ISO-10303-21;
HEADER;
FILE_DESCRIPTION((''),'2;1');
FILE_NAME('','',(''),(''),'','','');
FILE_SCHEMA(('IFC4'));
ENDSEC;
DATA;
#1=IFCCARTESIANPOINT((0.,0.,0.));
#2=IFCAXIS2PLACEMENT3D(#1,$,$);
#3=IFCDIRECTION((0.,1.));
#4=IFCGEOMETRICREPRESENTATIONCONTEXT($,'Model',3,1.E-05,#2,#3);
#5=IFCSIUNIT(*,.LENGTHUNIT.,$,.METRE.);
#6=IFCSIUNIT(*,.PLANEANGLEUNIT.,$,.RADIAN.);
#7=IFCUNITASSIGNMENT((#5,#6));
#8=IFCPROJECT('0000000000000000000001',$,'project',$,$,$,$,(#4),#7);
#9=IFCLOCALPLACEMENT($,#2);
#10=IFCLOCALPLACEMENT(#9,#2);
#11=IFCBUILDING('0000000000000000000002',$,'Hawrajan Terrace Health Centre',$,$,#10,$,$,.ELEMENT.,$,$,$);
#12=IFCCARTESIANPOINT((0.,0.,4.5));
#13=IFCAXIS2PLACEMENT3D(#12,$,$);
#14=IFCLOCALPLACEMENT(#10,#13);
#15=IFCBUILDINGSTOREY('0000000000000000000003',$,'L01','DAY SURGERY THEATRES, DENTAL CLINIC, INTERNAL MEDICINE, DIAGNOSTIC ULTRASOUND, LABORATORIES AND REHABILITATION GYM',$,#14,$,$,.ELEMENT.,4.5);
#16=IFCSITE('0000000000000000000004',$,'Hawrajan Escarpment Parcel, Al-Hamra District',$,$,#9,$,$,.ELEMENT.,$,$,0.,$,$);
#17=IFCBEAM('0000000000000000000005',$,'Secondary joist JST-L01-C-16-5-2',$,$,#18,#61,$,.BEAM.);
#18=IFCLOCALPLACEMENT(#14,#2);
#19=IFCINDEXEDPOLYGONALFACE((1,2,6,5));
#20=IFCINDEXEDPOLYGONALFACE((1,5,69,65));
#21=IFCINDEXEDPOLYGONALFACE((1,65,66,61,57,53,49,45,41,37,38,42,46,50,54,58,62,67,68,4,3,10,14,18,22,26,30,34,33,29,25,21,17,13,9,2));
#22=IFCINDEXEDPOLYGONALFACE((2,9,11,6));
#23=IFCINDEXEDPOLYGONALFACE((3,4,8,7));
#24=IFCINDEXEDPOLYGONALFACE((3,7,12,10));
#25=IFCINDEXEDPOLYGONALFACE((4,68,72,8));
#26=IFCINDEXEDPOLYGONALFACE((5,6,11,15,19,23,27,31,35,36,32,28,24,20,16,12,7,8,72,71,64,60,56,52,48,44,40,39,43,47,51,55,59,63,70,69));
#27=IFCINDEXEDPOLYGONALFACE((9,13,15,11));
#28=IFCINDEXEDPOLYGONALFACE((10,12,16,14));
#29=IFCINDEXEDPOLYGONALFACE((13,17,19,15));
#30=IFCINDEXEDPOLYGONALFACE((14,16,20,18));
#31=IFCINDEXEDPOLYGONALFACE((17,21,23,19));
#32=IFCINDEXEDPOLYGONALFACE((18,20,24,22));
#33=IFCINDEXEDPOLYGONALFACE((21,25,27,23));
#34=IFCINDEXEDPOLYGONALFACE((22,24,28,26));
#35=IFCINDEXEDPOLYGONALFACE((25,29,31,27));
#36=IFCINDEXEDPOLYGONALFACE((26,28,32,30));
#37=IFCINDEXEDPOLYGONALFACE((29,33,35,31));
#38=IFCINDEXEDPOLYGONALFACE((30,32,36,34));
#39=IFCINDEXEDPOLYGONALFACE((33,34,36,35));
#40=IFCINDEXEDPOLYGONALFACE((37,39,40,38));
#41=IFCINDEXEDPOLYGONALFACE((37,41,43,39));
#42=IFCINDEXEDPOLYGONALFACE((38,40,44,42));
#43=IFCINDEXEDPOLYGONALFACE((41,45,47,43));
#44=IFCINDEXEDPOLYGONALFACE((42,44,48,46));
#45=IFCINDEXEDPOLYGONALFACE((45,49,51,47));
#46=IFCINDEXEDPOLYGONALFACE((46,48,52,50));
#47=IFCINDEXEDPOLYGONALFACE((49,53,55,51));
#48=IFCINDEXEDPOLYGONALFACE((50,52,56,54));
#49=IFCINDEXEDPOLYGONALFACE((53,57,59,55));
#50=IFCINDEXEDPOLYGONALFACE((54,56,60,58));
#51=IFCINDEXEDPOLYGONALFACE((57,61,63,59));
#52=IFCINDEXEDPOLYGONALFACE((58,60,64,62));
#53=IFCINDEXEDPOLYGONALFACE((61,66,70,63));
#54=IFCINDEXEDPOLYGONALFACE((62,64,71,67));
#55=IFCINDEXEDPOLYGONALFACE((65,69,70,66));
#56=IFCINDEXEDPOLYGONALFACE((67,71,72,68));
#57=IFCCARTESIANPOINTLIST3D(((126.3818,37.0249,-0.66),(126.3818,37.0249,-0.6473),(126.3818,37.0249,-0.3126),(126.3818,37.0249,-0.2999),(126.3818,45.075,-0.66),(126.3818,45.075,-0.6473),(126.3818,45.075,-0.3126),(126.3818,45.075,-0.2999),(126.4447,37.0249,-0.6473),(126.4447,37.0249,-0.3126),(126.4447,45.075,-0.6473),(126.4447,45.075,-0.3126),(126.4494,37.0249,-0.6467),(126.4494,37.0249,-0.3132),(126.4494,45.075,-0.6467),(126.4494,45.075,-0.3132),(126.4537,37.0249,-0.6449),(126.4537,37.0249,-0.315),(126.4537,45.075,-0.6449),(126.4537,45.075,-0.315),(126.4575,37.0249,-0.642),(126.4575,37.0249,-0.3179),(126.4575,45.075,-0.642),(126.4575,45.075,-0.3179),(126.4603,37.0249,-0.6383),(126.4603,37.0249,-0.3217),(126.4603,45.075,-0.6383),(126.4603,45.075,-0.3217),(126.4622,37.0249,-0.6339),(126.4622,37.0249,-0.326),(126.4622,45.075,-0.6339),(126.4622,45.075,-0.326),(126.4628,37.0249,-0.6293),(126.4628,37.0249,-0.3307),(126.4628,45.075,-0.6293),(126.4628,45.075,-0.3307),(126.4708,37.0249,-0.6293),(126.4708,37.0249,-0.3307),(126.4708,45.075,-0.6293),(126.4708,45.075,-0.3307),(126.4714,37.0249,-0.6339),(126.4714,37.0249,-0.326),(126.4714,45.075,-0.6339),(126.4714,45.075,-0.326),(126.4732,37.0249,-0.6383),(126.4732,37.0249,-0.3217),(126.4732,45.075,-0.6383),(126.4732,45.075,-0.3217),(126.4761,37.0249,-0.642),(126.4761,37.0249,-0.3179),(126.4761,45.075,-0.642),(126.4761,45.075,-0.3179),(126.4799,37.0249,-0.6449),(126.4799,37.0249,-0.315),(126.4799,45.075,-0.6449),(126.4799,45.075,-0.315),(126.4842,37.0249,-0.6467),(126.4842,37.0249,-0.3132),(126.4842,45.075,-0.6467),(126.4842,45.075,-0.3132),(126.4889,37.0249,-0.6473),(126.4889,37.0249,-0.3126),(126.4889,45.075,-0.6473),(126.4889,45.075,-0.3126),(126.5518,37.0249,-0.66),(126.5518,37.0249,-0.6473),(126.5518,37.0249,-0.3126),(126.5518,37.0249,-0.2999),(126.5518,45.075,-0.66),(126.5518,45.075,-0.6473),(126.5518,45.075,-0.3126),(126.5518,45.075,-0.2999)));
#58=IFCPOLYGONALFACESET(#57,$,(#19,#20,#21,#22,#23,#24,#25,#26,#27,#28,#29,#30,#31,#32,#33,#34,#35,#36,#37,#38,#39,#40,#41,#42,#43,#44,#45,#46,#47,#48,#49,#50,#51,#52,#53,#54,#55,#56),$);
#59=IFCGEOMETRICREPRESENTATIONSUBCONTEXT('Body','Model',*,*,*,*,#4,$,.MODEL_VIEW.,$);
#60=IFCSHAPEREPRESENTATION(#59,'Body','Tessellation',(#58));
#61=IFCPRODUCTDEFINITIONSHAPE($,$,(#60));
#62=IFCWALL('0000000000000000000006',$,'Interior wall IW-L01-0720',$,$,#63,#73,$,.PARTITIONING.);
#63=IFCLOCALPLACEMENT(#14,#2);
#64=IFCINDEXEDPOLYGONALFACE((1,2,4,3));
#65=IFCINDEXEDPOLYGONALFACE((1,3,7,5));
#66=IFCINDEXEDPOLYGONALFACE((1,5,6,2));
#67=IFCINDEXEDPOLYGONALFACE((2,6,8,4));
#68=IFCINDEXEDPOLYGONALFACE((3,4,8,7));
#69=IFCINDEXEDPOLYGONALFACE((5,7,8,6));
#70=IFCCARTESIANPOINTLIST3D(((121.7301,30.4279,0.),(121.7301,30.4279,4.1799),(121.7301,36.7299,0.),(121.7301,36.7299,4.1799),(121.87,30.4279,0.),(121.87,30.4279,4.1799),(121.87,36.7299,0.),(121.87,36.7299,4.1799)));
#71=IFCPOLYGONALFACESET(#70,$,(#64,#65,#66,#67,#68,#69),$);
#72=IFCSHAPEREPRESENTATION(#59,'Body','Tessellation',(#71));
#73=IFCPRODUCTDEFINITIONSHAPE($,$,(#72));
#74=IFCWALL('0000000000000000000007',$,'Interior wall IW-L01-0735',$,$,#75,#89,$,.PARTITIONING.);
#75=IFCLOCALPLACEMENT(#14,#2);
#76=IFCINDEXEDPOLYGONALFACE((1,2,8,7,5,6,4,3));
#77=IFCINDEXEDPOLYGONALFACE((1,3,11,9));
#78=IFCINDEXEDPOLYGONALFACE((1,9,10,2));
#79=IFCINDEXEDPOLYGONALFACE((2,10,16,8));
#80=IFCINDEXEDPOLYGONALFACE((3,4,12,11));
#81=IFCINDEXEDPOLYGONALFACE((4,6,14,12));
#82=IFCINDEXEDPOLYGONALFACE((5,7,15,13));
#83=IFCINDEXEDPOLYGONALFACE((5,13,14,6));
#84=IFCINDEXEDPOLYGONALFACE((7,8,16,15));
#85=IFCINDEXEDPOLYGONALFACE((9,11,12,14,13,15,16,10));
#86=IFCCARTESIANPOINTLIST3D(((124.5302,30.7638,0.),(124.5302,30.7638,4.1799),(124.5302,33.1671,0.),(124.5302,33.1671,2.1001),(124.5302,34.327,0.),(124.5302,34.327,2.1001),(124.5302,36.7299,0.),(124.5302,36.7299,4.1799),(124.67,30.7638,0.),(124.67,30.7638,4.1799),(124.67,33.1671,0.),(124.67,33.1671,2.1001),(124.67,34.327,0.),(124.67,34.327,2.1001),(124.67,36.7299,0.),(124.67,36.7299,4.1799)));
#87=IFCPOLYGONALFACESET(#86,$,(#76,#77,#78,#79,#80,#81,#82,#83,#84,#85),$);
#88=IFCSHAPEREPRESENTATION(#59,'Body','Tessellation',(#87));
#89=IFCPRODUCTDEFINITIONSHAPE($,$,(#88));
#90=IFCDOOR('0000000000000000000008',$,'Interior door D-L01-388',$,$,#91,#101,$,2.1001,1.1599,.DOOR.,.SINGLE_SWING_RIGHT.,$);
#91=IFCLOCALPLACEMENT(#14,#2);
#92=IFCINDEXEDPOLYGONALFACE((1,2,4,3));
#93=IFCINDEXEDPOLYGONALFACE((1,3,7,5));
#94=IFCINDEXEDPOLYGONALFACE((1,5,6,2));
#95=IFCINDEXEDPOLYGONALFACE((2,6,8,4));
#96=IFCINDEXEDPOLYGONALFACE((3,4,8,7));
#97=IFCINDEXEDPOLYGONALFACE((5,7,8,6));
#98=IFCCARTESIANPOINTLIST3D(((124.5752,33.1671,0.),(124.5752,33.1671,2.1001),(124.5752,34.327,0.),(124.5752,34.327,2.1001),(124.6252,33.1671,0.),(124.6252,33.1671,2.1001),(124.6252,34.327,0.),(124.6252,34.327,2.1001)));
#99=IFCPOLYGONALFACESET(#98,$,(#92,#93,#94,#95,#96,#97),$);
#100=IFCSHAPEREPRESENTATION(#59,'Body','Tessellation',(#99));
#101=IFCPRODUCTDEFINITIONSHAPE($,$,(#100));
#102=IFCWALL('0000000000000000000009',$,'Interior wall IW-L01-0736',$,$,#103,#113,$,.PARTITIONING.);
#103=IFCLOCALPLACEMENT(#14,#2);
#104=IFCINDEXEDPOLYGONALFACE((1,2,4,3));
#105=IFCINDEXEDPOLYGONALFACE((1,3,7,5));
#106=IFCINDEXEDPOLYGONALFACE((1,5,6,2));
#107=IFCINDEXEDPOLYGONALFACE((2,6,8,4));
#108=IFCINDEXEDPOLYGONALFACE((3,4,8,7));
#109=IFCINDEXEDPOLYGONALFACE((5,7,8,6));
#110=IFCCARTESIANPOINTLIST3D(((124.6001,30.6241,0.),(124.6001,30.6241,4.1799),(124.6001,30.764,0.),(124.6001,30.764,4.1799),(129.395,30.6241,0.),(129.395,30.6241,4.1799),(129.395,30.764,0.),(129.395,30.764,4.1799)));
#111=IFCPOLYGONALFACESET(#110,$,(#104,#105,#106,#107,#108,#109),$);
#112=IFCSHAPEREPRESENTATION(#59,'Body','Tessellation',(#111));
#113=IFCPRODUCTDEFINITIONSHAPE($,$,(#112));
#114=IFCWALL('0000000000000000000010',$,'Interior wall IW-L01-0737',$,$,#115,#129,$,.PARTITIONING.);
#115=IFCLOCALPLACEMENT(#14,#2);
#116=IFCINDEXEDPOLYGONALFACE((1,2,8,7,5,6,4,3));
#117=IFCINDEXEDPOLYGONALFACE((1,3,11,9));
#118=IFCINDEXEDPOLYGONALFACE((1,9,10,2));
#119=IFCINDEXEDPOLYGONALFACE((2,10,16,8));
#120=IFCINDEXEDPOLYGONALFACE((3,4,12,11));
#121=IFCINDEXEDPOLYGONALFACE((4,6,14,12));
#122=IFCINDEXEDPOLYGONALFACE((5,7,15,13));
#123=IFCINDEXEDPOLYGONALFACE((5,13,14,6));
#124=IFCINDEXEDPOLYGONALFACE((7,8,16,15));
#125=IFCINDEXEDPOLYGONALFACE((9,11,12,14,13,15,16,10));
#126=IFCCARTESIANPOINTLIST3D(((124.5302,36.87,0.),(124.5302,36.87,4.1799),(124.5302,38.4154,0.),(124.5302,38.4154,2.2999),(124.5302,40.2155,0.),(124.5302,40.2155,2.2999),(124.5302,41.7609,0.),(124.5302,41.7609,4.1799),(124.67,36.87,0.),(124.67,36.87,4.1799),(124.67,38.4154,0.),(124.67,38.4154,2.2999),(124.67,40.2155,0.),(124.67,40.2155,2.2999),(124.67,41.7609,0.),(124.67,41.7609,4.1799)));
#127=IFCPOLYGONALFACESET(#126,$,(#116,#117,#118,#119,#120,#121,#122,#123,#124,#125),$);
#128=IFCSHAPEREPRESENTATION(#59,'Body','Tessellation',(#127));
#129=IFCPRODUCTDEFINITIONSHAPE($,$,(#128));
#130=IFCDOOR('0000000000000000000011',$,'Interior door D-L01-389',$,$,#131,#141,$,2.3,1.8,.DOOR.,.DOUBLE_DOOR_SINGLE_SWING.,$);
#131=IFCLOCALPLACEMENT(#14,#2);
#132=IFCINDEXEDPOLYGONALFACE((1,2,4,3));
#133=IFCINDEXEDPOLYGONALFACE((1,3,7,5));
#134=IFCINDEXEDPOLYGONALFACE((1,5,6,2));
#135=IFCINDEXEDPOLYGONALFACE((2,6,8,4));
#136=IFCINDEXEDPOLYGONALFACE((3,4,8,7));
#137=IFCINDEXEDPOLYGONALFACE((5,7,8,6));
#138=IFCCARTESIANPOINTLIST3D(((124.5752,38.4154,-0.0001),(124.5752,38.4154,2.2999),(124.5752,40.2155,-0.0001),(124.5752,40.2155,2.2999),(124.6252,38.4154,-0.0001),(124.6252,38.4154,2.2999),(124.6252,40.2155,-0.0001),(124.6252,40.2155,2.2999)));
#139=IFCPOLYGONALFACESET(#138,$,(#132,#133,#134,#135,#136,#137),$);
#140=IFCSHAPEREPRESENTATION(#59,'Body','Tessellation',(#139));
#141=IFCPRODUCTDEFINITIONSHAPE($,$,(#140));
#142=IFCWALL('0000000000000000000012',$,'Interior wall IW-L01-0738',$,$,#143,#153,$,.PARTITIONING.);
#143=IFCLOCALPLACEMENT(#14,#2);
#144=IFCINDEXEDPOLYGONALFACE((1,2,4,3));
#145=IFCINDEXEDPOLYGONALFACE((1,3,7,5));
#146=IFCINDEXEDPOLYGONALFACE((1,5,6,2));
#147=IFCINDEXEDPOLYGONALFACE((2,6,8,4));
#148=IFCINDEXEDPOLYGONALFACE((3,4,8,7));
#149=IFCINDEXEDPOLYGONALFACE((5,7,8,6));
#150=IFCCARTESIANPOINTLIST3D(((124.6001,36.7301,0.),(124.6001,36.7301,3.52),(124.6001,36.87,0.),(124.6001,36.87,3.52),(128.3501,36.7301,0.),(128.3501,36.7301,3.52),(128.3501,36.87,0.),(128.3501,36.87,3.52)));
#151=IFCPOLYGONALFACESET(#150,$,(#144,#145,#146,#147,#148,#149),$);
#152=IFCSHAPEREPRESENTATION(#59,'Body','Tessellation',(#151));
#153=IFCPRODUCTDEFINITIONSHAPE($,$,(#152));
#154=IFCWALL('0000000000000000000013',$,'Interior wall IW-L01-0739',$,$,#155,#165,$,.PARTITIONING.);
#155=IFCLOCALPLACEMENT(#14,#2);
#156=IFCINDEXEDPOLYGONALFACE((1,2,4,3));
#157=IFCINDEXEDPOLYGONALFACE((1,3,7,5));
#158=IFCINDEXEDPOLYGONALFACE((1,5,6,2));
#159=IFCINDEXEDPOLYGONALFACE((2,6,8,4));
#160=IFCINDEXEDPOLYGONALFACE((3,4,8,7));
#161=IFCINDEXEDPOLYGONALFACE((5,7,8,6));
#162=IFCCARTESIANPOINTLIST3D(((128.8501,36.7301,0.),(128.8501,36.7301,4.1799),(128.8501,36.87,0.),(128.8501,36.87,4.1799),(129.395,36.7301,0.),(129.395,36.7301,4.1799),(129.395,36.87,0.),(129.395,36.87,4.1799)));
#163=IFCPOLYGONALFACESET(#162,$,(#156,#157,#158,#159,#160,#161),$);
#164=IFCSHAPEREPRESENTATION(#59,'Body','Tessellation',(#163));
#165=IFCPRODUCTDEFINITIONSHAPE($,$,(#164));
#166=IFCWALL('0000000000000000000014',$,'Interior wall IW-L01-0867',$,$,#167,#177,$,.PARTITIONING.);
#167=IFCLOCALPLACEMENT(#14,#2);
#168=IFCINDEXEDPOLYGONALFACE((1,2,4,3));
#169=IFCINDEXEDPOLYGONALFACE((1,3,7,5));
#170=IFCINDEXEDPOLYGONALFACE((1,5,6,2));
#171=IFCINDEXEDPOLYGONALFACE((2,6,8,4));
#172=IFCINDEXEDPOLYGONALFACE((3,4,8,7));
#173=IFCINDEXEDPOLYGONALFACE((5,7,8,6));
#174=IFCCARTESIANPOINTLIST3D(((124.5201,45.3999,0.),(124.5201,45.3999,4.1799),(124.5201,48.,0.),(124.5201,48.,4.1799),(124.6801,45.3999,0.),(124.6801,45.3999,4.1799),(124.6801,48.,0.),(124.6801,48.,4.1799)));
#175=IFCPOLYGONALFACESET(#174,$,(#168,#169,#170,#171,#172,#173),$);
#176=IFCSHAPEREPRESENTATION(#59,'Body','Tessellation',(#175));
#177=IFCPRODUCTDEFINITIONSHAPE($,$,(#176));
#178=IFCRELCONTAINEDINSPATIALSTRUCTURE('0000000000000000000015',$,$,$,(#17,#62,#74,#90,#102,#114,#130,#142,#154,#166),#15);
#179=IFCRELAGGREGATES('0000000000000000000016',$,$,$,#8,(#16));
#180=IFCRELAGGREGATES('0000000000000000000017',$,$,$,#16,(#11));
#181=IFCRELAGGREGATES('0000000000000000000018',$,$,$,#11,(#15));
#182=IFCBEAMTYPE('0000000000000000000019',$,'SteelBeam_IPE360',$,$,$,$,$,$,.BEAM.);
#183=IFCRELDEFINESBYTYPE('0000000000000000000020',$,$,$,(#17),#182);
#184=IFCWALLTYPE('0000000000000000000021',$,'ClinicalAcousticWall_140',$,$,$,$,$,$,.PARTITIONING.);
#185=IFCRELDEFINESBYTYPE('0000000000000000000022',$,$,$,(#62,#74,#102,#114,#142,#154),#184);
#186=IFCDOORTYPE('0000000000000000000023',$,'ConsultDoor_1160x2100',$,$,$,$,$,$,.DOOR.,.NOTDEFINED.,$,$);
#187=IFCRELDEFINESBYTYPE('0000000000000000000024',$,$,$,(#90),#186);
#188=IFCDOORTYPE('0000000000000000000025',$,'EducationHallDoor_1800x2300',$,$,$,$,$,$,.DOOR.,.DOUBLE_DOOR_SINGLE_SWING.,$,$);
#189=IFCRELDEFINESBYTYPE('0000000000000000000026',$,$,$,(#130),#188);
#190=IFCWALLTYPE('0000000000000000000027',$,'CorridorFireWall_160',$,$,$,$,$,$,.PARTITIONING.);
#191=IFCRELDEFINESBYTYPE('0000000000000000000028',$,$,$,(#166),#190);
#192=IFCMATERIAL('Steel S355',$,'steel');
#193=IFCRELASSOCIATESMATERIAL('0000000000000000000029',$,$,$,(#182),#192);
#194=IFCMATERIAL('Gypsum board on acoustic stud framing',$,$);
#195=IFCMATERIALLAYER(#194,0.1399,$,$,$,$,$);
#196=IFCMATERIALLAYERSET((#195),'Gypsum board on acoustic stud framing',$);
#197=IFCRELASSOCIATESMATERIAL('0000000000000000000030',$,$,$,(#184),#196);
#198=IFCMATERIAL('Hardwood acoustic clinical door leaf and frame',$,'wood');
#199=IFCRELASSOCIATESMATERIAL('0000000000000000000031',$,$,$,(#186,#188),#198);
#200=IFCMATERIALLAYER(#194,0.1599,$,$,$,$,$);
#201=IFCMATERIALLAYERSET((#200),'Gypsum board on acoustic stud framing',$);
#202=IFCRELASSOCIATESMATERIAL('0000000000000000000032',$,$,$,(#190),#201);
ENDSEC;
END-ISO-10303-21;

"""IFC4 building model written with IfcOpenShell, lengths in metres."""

from ifc_helpers import new_model, si_unit, direction, frame, frame_2d, origin, origin_2d, place, context, subcontext, project, spatial, rectangle, i_section, extrude, material, layer, layer_set, material_profile, profile_set, type_object, element, fill, save


model = new_model("IFC4")

# Units and contexts
model_context = context("Model", 3, precision=1e-05, world=origin(), true_north=direction((0.0, 1.0)))
body_context = subcontext(model_context, "Body", "Model", "MODEL_VIEW")
ifc_project = project(units=[si_unit("LENGTHUNIT", "METRE"), si_unit("PLANEANGLEUNIT", "RADIAN")], contexts=[model_context])

# Site, building, storey
site_placement = place(None, origin())
site = spatial("IfcSite", under=ifc_project, at=site_placement, Name="Hawrajan Escarpment Parcel, Al-Hamra District", CompositionType="ELEMENT", RefElevation=0.0)
building_placement = place(site_placement, origin())
building = spatial("IfcBuilding", under=site, at=building_placement, Name="Hawrajan Terrace Health Centre", CompositionType="ELEMENT")
storey_placement = place(building_placement, frame((0.0, 0.0, 4.5)))
storey = spatial("IfcBuildingStorey", under=building, at=storey_placement, Name="L01", Description="DAY SURGERY THEATRES, DENTAL CLINIC, INTERNAL MEDICINE, DIAGNOSTIC ULTRASOUND, LABORATORIES AND REHABILITATION GYM", CompositionType="ELEMENT", Elevation=4.5)

# Beam
ifc_material_1 = material(Name="Steel S355", Category="steel")
ifc_material_profile_1 = material_profile(ifc_material_1, i_section(OverallWidth=0.1699, OverallDepth=0.3601, WebThickness=0.0081, FlangeThickness=0.0127, FilletRadius=0.0181, at=origin_2d()), Name="IPE 360")
ifc_profile_set_1 = profile_set([ifc_material_profile_1], Name="Steel S355")
beam_type_1 = type_object("IfcBeamType", Name="SteelBeam_IPE360", PredefinedType="BEAM", material=ifc_profile_set_1)
for number, where, z_axis, x_axis, name in (
    (1, (126.4668, 37.0249, -0.48), (0.0, 1.0, 0.0), (-1.0, 0.0, 0.0), "Secondary joist JST-L01-C-16-5-2"),
):
    element("IfcBeam", number, at=place(storey_placement, frame(where, z_axis=z_axis, x_axis=x_axis)), inside=storey, type_object=beam_type_1, Name=name, PredefinedType="BEAM", context=body_context, shape_type="SweptSolid", body=[
        extrude(i_section(OverallWidth=0.1699, OverallDepth=0.3601, WebThickness=0.0081, FlangeThickness=0.0127, FilletRadius=0.0181, at=origin_2d()), origin(), (0.0, 0.0, 1.0), 8.05),
    ])

# Wall
ifc_material_2 = material(Name="Gypsum board on acoustic stud framing")
ifc_layer_1 = layer(ifc_material_2, 0.1399)
ifc_layer_set_1 = layer_set([ifc_layer_1], Name="Gypsum board on acoustic stud framing")
wall_type_1 = type_object("IfcWallType", Name="ClinicalAcousticWall_140", PredefinedType="PARTITIONING", material=ifc_layer_set_1)
wall_1_placement = place(storey_placement, frame((121.8, 30.428, 0.0), z_axis=(0.0, 0.0, 1.0), x_axis=(0.0, 1.0, 0.0)))
element("IfcWall", 2, at=wall_1_placement, inside=storey, type_object=wall_type_1, Name="Interior wall IW-L01-0720", PredefinedType="PARTITIONING", context=body_context, shape_type="SweptSolid", body=[
    extrude(rectangle(XDim=6.302, YDim=0.1399, at=frame_2d((3.1509, 0.0))), origin(), (0.0, 0.0, 1.0), 4.1799),
])

# Wall, opening, door
wall_2_placement = place(storey_placement, frame((124.6001, 30.7639, 0.0), z_axis=(0.0, 0.0, 1.0), x_axis=(0.0, 1.0, 0.0)))
wall_2 = element("IfcWall", 3, at=wall_2_placement, inside=storey, type_object=wall_type_1, Name="Interior wall IW-L01-0735", PredefinedType="PARTITIONING", context=body_context, shape_type="SweptSolid", body=[
    extrude(rectangle(XDim=5.9661, YDim=0.1399, at=frame_2d((2.9829, 0.0))), origin(), (0.0, 0.0, 1.0), 4.1799),
])
opening_1_placement = place(wall_2_placement, frame((2.4031, 0.0, 0.0)))
opening_1 = element("IfcOpeningElement", 4, at=opening_1_placement, cuts=wall_2, PredefinedType="OPENING", context=body_context, shape_type="SweptSolid", body=[
    extrude(rectangle(XDim=1.1599, YDim=2.1001, at=frame_2d((0.5801, 1.05))), frame((0.0, 0.0798, 0.0), z_axis=(0.0, -1.0, 0.0), x_axis=(1.0, 0.0, 0.0)), (0.0, 0.0, 1.0), 0.1599),
])
ifc_material_3 = material(Name="Hardwood acoustic clinical door leaf and frame", Category="wood")
door_type_1 = type_object("IfcDoorType", Name="ConsultDoor_1160x2100", OperationType="NOTDEFINED", PredefinedType="DOOR", material=ifc_material_3)
door_1_placement = place(opening_1_placement, origin())
door_1 = element("IfcDoor", 5, at=door_1_placement, inside=storey, type_object=door_type_1, Name="Interior door D-L01-388", OperationType="SINGLE_SWING_RIGHT", OverallHeight=2.1001, OverallWidth=1.1599, PredefinedType="DOOR", context=body_context, shape_type="SweptSolid", body=[
    extrude(rectangle(XDim=1.1599, YDim=2.1001, at=frame_2d((0.5801, 1.05))), frame((0.0, 0.0249, 0.0), z_axis=(0.0, -1.0, 0.0), x_axis=(1.0, 0.0, 0.0)), (0.0, 0.0, 1.0), 0.05),
])
fill(opening_1, door_1)

# Wall
wall_3_placement = place(storey_placement, frame((124.6001, 30.6941, 0.0), z_axis=(0.0, 0.0, 1.0), x_axis=(1.0, 0.0, 0.0)))
element("IfcWall", 6, at=wall_3_placement, inside=storey, type_object=wall_type_1, Name="Interior wall IW-L01-0736", PredefinedType="PARTITIONING", context=body_context, shape_type="SweptSolid", body=[
    extrude(rectangle(XDim=4.7949, YDim=0.1399, at=frame_2d((2.3975, 0.0))), origin(), (0.0, 0.0, 1.0), 4.1799),
])

# Wall, opening, door
wall_4_placement = place(storey_placement, frame((124.6001, 36.8701, 0.0), z_axis=(0.0, 0.0, 1.0), x_axis=(0.0, 1.0, 0.0)))
wall_4 = element("IfcWall", 7, at=wall_4_placement, inside=storey, type_object=wall_type_1, Name="Interior wall IW-L01-0737", PredefinedType="PARTITIONING", context=body_context, shape_type="SweptSolid", body=[
    extrude(rectangle(XDim=4.8909, YDim=0.1399, at=frame_2d((2.4453, 0.0))), origin(), (0.0, 0.0, 1.0), 4.1799),
])
opening_2_placement = place(wall_4_placement, frame((1.5454, 0.0, 0.0)))
opening_2 = element("IfcOpeningElement", 8, at=opening_2_placement, cuts=wall_4, PredefinedType="OPENING", context=body_context, shape_type="SweptSolid", body=[
    extrude(rectangle(XDim=1.8, YDim=2.3, at=frame_2d((0.8999, 1.1499))), frame((0.0, 0.0798, 0.0), z_axis=(0.0, -1.0, 0.0), x_axis=(1.0, 0.0, 0.0)), (0.0, 0.0, 1.0), 0.1599),
])
door_type_2 = type_object("IfcDoorType", Name="EducationHallDoor_1800x2300", OperationType="DOUBLE_DOOR_SINGLE_SWING", PredefinedType="DOOR", material=ifc_material_3)
door_2_placement = place(opening_2_placement, origin())
door_2 = element("IfcDoor", 9, at=door_2_placement, inside=storey, type_object=door_type_2, Name="Interior door D-L01-389", OperationType="DOUBLE_DOOR_SINGLE_SWING", OverallHeight=2.3, OverallWidth=1.8, PredefinedType="DOOR", context=body_context, shape_type="SweptSolid", body=[
    extrude(rectangle(XDim=1.8, YDim=2.3, at=frame_2d((0.8999, 1.1499))), frame((0.0, 0.0249, 0.0), z_axis=(0.0, -1.0, 0.0), x_axis=(1.0, 0.0, 0.0)), (0.0, 0.0, 1.0), 0.05),
])
fill(opening_2, door_2)

# Walls
wall_5_placement = place(storey_placement, frame((124.6001, 36.8, 0.0), z_axis=(0.0, 0.0, 1.0), x_axis=(1.0, 0.0, 0.0)))
element("IfcWall", 10, at=wall_5_placement, inside=storey, type_object=wall_type_1, Name="Interior wall IW-L01-0738", PredefinedType="PARTITIONING", context=body_context, shape_type="SweptSolid", body=[
    extrude(rectangle(XDim=3.75, YDim=0.1399, at=frame_2d((1.875, 0.0))), origin(), (0.0, 0.0, 1.0), 3.52),
])
wall_6_placement = place(storey_placement, frame((128.8501, 36.8, 0.0), z_axis=(0.0, 0.0, 1.0), x_axis=(1.0, 0.0, 0.0)))
element("IfcWall", 11, at=wall_6_placement, inside=storey, type_object=wall_type_1, Name="Interior wall IW-L01-0739", PredefinedType="PARTITIONING", context=body_context, shape_type="SweptSolid", body=[
    extrude(rectangle(XDim=0.5449, YDim=0.1399, at=frame_2d((0.2725, 0.0))), origin(), (0.0, 0.0, 1.0), 4.1799),
])
ifc_layer_2 = layer(ifc_material_2, 0.1599)
ifc_layer_set_2 = layer_set([ifc_layer_2], Name="Gypsum board on acoustic stud framing")
wall_type_2 = type_object("IfcWallType", Name="CorridorFireWall_160", PredefinedType="PARTITIONING", material=ifc_layer_set_2)
wall_7_placement = place(storey_placement, frame((124.6001, 45.3999, 0.0), z_axis=(0.0, 0.0, 1.0), x_axis=(0.0, 1.0, 0.0)))
element("IfcWall", 12, at=wall_7_placement, inside=storey, type_object=wall_type_2, Name="Interior wall IW-L01-0867", PredefinedType="PARTITIONING", context=body_context, shape_type="SweptSolid", body=[
    extrude(rectangle(XDim=2.6001, YDim=0.1599, at=frame_2d((1.3, 0.0))), origin(), (0.0, 0.0, 1.0), 4.1799),
])

save(model, "model.ifc")
